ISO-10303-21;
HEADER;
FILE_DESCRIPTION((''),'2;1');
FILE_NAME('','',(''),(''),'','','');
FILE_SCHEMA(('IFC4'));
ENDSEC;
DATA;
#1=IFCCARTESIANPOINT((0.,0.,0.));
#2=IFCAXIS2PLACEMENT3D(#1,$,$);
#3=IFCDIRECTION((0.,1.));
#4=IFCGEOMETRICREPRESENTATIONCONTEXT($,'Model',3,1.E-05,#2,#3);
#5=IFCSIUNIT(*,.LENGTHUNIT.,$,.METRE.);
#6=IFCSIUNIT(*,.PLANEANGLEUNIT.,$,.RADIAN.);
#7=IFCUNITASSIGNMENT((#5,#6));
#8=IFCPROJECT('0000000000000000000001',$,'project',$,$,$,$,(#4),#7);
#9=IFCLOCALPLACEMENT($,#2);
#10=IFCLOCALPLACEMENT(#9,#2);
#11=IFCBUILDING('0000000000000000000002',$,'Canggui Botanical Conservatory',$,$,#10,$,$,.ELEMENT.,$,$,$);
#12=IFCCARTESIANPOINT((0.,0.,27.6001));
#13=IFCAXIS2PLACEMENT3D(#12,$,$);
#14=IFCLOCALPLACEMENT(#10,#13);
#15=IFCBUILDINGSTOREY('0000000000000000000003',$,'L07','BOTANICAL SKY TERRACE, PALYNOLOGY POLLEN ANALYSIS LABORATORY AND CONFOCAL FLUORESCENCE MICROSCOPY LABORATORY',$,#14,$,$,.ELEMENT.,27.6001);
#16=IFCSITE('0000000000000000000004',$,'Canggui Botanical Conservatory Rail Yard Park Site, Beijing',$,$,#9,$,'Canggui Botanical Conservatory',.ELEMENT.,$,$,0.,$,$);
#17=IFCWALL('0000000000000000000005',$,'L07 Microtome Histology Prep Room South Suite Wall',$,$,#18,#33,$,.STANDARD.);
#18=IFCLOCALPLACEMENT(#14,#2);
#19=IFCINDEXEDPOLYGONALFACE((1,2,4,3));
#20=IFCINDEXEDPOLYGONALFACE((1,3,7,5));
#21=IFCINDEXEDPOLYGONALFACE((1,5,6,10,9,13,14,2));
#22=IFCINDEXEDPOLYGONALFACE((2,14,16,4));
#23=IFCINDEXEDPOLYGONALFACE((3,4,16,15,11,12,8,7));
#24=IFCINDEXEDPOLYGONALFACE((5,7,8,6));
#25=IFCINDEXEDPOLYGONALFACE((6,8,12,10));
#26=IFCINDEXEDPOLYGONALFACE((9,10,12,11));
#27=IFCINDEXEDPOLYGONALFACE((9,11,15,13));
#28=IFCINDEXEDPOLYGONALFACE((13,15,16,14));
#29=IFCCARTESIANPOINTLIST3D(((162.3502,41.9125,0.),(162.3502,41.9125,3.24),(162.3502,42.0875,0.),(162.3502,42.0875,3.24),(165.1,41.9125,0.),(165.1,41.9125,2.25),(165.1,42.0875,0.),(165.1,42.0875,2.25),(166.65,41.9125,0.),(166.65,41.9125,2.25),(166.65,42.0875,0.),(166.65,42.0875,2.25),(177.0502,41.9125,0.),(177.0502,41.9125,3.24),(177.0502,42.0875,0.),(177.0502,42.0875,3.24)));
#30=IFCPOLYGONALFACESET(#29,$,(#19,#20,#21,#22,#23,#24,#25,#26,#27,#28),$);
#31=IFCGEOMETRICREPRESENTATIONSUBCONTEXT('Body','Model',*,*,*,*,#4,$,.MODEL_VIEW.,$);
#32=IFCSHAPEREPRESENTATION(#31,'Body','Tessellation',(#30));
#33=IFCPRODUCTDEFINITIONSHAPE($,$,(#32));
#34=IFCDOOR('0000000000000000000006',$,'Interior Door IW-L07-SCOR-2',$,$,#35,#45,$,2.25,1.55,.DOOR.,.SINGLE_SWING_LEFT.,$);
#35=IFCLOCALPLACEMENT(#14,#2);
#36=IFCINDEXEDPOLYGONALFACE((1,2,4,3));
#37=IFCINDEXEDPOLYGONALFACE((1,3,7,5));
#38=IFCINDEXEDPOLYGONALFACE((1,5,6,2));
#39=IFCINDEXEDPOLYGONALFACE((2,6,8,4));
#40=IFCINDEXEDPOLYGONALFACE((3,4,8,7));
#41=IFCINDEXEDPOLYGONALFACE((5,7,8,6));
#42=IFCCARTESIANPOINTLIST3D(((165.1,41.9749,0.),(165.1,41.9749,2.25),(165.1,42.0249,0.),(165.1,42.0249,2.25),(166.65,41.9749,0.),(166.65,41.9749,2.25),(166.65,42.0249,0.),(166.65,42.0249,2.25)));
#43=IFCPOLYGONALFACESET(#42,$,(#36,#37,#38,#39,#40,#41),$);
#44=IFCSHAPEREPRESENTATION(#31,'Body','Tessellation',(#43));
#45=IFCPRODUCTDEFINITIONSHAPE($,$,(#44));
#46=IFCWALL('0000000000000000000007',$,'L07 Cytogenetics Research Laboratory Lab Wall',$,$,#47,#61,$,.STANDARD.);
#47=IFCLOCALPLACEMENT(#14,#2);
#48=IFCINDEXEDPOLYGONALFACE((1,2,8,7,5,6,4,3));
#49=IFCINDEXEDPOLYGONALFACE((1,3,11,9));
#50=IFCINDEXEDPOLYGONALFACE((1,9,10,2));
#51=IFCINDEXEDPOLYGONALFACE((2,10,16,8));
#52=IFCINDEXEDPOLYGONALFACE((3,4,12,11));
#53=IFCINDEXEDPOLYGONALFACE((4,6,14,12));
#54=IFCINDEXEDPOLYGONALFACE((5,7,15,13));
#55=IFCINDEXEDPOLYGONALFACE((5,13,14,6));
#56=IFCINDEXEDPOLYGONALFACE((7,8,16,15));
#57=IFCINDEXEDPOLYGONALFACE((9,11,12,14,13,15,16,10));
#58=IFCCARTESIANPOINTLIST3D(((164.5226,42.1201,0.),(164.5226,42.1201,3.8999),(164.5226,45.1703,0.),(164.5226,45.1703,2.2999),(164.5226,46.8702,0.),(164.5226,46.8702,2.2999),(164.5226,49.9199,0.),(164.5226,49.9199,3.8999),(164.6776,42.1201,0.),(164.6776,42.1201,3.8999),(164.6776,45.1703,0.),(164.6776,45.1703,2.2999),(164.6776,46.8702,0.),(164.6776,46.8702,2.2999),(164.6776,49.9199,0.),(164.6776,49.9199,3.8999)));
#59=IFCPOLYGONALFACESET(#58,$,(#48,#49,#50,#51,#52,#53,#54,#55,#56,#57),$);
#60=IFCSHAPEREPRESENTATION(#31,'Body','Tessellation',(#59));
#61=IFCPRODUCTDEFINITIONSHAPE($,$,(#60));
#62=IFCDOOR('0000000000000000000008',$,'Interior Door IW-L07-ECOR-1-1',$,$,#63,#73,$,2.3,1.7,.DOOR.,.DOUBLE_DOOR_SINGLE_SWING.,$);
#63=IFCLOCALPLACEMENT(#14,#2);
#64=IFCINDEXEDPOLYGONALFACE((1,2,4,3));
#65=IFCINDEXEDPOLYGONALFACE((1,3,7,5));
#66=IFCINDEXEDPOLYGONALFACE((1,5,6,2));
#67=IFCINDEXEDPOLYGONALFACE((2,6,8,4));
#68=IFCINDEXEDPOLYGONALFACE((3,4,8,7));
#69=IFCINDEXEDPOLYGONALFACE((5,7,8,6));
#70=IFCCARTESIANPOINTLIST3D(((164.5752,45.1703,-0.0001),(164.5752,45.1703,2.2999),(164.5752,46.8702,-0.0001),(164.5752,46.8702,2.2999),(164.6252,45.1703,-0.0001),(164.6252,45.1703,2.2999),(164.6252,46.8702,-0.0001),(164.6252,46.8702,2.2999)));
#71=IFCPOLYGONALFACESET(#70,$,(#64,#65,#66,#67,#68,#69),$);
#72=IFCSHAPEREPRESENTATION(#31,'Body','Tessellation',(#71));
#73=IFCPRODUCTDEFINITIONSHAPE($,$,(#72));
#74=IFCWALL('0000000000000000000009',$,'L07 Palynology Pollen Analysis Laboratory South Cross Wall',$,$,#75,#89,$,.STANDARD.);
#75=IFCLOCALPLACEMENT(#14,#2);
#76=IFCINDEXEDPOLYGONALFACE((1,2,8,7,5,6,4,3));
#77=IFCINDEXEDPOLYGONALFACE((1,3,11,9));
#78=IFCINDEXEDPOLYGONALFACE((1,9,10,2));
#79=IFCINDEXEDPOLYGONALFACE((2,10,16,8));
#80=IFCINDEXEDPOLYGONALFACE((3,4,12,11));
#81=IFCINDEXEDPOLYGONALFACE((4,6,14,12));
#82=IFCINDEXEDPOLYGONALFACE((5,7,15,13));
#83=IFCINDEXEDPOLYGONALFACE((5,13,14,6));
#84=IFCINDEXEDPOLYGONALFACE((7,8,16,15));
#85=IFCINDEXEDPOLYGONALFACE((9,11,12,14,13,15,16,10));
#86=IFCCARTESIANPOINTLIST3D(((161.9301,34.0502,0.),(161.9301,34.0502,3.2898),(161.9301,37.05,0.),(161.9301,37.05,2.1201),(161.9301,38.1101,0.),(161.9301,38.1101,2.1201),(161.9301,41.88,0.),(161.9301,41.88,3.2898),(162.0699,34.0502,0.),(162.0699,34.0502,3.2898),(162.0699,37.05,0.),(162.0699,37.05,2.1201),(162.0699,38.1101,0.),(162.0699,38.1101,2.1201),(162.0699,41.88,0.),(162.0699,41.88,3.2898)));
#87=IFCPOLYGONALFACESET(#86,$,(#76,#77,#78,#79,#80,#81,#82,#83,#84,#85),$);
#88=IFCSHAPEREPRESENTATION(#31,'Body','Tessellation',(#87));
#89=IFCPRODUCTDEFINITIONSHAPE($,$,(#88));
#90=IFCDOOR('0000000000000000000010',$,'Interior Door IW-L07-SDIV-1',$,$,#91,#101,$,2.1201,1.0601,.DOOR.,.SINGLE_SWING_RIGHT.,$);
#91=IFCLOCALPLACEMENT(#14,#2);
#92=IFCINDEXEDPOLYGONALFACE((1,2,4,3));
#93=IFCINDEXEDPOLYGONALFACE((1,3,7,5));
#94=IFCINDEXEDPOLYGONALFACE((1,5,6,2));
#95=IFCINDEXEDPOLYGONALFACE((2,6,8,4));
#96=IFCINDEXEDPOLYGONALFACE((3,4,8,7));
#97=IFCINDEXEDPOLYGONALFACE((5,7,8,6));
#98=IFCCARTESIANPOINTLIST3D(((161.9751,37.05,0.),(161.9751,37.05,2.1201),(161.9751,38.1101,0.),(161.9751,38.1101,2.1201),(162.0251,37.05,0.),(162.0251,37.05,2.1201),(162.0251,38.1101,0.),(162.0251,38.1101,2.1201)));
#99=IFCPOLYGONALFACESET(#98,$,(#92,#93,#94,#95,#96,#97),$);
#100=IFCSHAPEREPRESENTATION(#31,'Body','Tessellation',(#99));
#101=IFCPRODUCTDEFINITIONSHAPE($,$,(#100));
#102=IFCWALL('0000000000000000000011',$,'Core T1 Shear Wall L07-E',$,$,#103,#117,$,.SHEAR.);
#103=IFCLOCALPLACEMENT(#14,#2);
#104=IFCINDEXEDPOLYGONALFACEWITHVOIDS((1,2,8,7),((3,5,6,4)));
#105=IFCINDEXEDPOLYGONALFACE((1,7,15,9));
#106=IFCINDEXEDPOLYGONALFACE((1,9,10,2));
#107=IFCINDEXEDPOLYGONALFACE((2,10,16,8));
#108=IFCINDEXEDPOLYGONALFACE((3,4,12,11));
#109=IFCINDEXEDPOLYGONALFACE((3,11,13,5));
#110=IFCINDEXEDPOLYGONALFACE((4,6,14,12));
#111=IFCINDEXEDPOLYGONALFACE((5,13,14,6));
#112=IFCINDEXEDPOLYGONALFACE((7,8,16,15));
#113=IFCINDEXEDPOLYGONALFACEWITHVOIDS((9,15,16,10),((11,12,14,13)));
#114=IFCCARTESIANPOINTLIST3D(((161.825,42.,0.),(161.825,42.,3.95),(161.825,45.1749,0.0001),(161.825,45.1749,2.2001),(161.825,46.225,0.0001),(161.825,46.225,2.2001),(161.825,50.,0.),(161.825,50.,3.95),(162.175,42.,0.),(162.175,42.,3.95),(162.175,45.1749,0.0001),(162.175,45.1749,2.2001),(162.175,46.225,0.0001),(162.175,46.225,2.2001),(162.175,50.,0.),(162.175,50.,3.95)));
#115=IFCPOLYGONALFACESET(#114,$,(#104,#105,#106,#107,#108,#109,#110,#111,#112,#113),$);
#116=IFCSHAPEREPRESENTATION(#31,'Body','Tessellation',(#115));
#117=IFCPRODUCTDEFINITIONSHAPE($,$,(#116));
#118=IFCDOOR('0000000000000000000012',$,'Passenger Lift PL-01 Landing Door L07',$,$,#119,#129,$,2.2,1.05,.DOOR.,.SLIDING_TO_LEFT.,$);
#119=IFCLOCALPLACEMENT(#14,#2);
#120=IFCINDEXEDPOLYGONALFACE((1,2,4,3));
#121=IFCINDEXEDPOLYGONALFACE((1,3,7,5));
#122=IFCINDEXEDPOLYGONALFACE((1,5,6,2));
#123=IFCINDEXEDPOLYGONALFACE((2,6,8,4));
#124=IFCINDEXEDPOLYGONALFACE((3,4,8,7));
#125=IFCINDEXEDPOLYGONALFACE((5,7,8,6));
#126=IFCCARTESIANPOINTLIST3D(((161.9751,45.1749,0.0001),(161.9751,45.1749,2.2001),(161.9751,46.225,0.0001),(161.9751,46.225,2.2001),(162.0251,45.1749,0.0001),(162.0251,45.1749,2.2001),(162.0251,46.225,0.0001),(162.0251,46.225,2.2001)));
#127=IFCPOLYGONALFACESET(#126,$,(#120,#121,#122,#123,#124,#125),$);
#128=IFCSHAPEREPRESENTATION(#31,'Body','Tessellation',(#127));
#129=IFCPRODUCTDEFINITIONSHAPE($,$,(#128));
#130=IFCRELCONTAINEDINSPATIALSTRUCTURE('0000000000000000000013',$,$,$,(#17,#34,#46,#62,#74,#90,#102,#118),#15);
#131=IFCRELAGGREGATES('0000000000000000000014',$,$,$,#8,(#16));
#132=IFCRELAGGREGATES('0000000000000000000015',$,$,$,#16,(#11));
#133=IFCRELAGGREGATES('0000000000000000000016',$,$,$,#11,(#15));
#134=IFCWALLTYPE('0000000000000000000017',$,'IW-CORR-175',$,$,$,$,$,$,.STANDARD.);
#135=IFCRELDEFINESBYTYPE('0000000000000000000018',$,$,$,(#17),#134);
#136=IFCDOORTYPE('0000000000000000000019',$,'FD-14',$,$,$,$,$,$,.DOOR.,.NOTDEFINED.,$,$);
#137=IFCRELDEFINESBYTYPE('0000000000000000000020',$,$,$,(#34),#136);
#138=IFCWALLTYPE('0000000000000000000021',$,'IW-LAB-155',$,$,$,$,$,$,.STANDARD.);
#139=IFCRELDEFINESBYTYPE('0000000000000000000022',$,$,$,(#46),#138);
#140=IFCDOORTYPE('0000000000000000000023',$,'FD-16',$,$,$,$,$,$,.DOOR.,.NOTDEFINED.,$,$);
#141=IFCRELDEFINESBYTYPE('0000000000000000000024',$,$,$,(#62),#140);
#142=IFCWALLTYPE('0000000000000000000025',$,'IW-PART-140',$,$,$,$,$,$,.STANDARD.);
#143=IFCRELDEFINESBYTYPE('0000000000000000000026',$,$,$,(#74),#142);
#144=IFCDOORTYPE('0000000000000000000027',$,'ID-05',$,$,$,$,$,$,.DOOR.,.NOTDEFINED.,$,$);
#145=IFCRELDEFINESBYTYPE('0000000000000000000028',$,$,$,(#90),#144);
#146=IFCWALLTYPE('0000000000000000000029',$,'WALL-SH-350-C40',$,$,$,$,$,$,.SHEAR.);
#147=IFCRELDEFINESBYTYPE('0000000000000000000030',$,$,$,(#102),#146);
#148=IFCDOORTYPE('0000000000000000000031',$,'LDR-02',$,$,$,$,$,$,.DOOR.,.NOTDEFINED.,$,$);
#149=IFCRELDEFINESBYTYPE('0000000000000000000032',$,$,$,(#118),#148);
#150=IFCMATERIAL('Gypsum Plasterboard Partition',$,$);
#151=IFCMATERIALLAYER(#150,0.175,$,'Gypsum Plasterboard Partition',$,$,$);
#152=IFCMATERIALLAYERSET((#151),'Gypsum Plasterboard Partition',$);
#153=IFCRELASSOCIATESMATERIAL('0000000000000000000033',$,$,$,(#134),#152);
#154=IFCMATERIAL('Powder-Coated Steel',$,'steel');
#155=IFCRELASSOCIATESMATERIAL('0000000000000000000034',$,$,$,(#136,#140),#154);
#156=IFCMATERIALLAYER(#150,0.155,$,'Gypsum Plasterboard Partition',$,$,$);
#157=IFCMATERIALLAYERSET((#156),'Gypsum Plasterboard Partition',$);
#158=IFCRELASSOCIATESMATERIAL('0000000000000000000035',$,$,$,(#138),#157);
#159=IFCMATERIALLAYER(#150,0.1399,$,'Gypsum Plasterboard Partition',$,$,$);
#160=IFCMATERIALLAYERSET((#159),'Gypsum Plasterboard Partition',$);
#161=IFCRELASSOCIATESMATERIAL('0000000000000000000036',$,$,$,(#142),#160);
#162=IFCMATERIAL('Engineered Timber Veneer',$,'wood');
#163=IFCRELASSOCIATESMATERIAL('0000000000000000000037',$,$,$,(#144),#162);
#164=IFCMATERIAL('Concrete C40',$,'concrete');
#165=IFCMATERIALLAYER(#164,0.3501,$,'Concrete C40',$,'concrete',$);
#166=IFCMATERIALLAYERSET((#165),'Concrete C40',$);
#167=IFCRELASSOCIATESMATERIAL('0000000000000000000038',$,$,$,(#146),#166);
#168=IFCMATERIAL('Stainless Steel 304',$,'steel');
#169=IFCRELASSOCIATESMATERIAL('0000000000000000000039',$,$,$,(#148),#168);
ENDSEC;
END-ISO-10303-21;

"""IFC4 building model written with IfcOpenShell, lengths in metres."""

from ifc_helpers import new_model, si_unit, direction, frame, frame_2d, origin, place, context, subcontext, project, spatial, rectangle, extrude, material, layer, layer_set, type_object, element, fill, save


model = new_model("IFC4")

# Units and contexts
model_context = context("Model", 3, precision=1e-05, world=origin(), true_north=direction((0.0, 1.0)))
body_context = subcontext(model_context, "Body", "Model", "MODEL_VIEW")
ifc_project = project(units=[si_unit("LENGTHUNIT", "METRE"), si_unit("PLANEANGLEUNIT", "RADIAN")], contexts=[model_context])

# Site, building, storey
site_placement = place(None, origin())
site = spatial("IfcSite", under=ifc_project, at=site_placement, Name="Canggui Botanical Conservatory Rail Yard Park Site, Beijing", LongName="Canggui Botanical Conservatory", CompositionType="ELEMENT", RefElevation=0.0)
building_placement = place(site_placement, origin())
building = spatial("IfcBuilding", under=site, at=building_placement, Name="Canggui Botanical Conservatory", CompositionType="ELEMENT")
storey_placement = place(building_placement, frame((0.0, 0.0, 27.6001)))
storey = spatial("IfcBuildingStorey", under=building, at=storey_placement, Name="L07", Description="BOTANICAL SKY TERRACE, PALYNOLOGY POLLEN ANALYSIS LABORATORY AND CONFOCAL FLUORESCENCE MICROSCOPY LABORATORY", CompositionType="ELEMENT", Elevation=27.6001)

# Shared definitions
ifc_material_1 = material(Name="Concrete C40", Category="concrete")

# Walls, openings, doors
ifc_material_2 = material(Name="Gypsum Plasterboard Partition")
ifc_layer_1 = layer(ifc_material_2, 0.175, Name="Gypsum Plasterboard Partition")
ifc_layer_set_1 = layer_set([ifc_layer_1], Name="Gypsum Plasterboard Partition")
wall_type_1 = type_object("IfcWallType", Name="IW-CORR-175", PredefinedType="STANDARD", material=ifc_layer_set_1)
wall_1_placement = place(storey_placement, frame((162.3501, 42.0, 0.0), z_axis=(0.0, 0.0, 1.0), x_axis=(1.0, 0.0, 0.0)))
wall_1 = element("IfcWall", 1, at=wall_1_placement, inside=storey, type_object=wall_type_1, Name="L07 Microtome Histology Prep Room South Suite Wall", PredefinedType="STANDARD", context=body_context, shape_type="SweptSolid", body=[
    extrude(rectangle(XDim=14.7, YDim=0.175, at=frame_2d((7.3501, 0.0))), origin(), (0.0, 0.0, 1.0), 3.24),
])
opening_1_placement = place(wall_1_placement, frame((2.75, 0.0, 0.0)))
opening_1 = element("IfcOpeningElement", 2, at=opening_1_placement, cuts=wall_1, PredefinedType="OPENING", context=body_context, shape_type="SweptSolid", body=[
    extrude(rectangle(XDim=1.55, YDim=2.25, at=frame_2d((0.7749, 1.125))), frame((0.0, 0.0977, 0.0), z_axis=(0.0, -1.0, 0.0), x_axis=(1.0, 0.0, 0.0)), (0.0, 0.0, 1.0), 0.1951),
])
ifc_material_3 = material(Name="Powder-Coated Steel", Category="steel")
door_type_1 = type_object("IfcDoorType", Name="FD-14", OperationType="NOTDEFINED", PredefinedType="DOOR", material=ifc_material_3)
door_1_placement = place(opening_1_placement, origin())
door_1 = element("IfcDoor", 3, at=door_1_placement, inside=storey, type_object=door_type_1, Name="Interior Door IW-L07-SCOR-2", OperationType="SINGLE_SWING_LEFT", OverallHeight=2.25, OverallWidth=1.55, PredefinedType="DOOR", context=body_context, shape_type="SweptSolid", body=[
    extrude(rectangle(XDim=1.55, YDim=2.25, at=frame_2d((0.7749, 1.125))), frame((0.0, 0.0249, 0.0), z_axis=(0.0, -1.0, 0.0), x_axis=(1.0, 0.0, 0.0)), (0.0, 0.0, 1.0), 0.05),
])
fill(opening_1, door_1)
ifc_layer_2 = layer(ifc_material_2, 0.155, Name="Gypsum Plasterboard Partition")
ifc_layer_set_2 = layer_set([ifc_layer_2], Name="Gypsum Plasterboard Partition")
wall_type_2 = type_object("IfcWallType", Name="IW-LAB-155", PredefinedType="STANDARD", material=ifc_layer_set_2)
wall_2_placement = place(storey_placement, frame((164.6001, 42.1201, 0.0), z_axis=(0.0, 0.0, 1.0), x_axis=(0.0, 1.0, 0.0)))
wall_2 = element("IfcWall", 4, at=wall_2_placement, inside=storey, type_object=wall_type_2, Name="L07 Cytogenetics Research Laboratory Lab Wall", PredefinedType="STANDARD", context=body_context, shape_type="SweptSolid", body=[
    extrude(rectangle(XDim=7.7998, YDim=0.155, at=frame_2d((3.8999, 0.0))), origin(), (0.0, 0.0, 1.0), 3.8999),
])
opening_2_placement = place(wall_2_placement, frame((3.05, 0.0, 0.0)))
opening_2 = element("IfcOpeningElement", 5, at=opening_2_placement, cuts=wall_2, PredefinedType="OPENING", context=body_context, shape_type="SweptSolid", body=[
    extrude(rectangle(XDim=1.7, YDim=2.3, at=frame_2d((0.8501, 1.1499))), frame((0.0, 0.0874, 0.0), z_axis=(0.0, -1.0, 0.0), x_axis=(1.0, 0.0, 0.0)), (0.0, 0.0, 1.0), 0.175),
])
door_type_2 = type_object("IfcDoorType", Name="FD-16", OperationType="NOTDEFINED", PredefinedType="DOOR", material=ifc_material_3)
door_2_placement = place(opening_2_placement, origin())
door_2 = element("IfcDoor", 6, at=door_2_placement, inside=storey, type_object=door_type_2, Name="Interior Door IW-L07-ECOR-1-1", OperationType="DOUBLE_DOOR_SINGLE_SWING", OverallHeight=2.3, OverallWidth=1.7, PredefinedType="DOOR", context=body_context, shape_type="SweptSolid", body=[
    extrude(rectangle(XDim=1.7, YDim=2.3, at=frame_2d((0.8501, 1.1499))), frame((0.0, 0.0249, 0.0), z_axis=(0.0, -1.0, 0.0), x_axis=(1.0, 0.0, 0.0)), (0.0, 0.0, 1.0), 0.05),
])
fill(opening_2, door_2)
ifc_layer_3 = layer(ifc_material_2, 0.1399, Name="Gypsum Plasterboard Partition")
ifc_layer_set_3 = layer_set([ifc_layer_3], Name="Gypsum Plasterboard Partition")
wall_type_3 = type_object("IfcWallType", Name="IW-PART-140", PredefinedType="STANDARD", material=ifc_layer_set_3)
wall_3_placement = place(storey_placement, frame((162.0, 34.05, 0.0), z_axis=(0.0, 0.0, 1.0), x_axis=(0.0, 1.0, 0.0)))
wall_3 = element("IfcWall", 7, at=wall_3_placement, inside=storey, type_object=wall_type_3, Name="L07 Palynology Pollen Analysis Laboratory South Cross Wall", PredefinedType="STANDARD", context=body_context, shape_type="SweptSolid", body=[
    extrude(rectangle(XDim=7.8298, YDim=0.1399, at=frame_2d((3.915, 0.0))), origin(), (0.0, 0.0, 1.0), 3.2898),
])
opening_3_placement = place(wall_3_placement, frame((3.0, 0.0, 0.0)))
opening_3 = element("IfcOpeningElement", 8, at=opening_3_placement, cuts=wall_3, PredefinedType="OPENING", context=body_context, shape_type="SweptSolid", body=[
    extrude(rectangle(XDim=1.0601, YDim=2.1201, at=frame_2d((0.53, 1.0601))), frame((0.0, 0.0801, 0.0), z_axis=(0.0, -1.0, 0.0), x_axis=(1.0, 0.0, 0.0)), (0.0, 0.0, 1.0), 0.1599),
])
ifc_material_4 = material(Name="Engineered Timber Veneer", Category="wood")
door_type_3 = type_object("IfcDoorType", Name="ID-05", OperationType="NOTDEFINED", PredefinedType="DOOR", material=ifc_material_4)
door_3_placement = place(opening_3_placement, origin())
door_3 = element("IfcDoor", 9, at=door_3_placement, inside=storey, type_object=door_type_3, Name="Interior Door IW-L07-SDIV-1", OperationType="SINGLE_SWING_RIGHT", OverallHeight=2.1201, OverallWidth=1.0601, PredefinedType="DOOR", context=body_context, shape_type="SweptSolid", body=[
    extrude(rectangle(XDim=1.0601, YDim=2.1201, at=frame_2d((0.53, 1.0601))), frame((0.0, 0.0249, 0.0), z_axis=(0.0, -1.0, 0.0), x_axis=(1.0, 0.0, 0.0)), (0.0, 0.0, 1.0), 0.05),
])
fill(opening_3, door_3)
ifc_layer_4 = layer(ifc_material_1, 0.3501, Name="Concrete C40", Category="concrete")
ifc_layer_set_4 = layer_set([ifc_layer_4], Name="Concrete C40")
wall_type_4 = type_object("IfcWallType", Name="WALL-SH-350-C40", PredefinedType="SHEAR", material=ifc_layer_set_4)
wall_4_placement = place(storey_placement, frame((162.0, 42.0, 0.0), z_axis=(0.0, 0.0, 1.0), x_axis=(0.0, 1.0, 0.0)))
wall_4 = element("IfcWall", 10, at=wall_4_placement, inside=storey, type_object=wall_type_4, Name="Core T1 Shear Wall L07-E", PredefinedType="SHEAR", context=body_context, shape_type="SweptSolid", body=[
    extrude(rectangle(XDim=8.0, YDim=0.3501, at=frame_2d((4.0, 0.0))), origin(), (0.0, 0.0, 1.0), 3.95),
])
opening_4_placement = place(wall_4_placement, frame((3.175, 0.0, 0.0)))
opening_4 = element("IfcOpeningElement", 11, at=opening_4_placement, cuts=wall_4, PredefinedType="OPENING", context=body_context, shape_type="SweptSolid", body=[
    extrude(rectangle(XDim=1.05, YDim=2.2, at=frame_2d((0.5249, 1.1001))), frame((0.0, 0.1851, 0.0), z_axis=(0.0, -1.0, 0.0), x_axis=(1.0, 0.0, 0.0)), (0.0, 0.0, 1.0), 0.3701),
])
ifc_material_5 = material(Name="Stainless Steel 304", Category="steel")
door_type_4 = type_object("IfcDoorType", Name="LDR-02", OperationType="NOTDEFINED", PredefinedType="DOOR", material=ifc_material_5)
door_4_placement = place(opening_4_placement, origin())
door_4 = element("IfcDoor", 12, at=door_4_placement, inside=storey, type_object=door_type_4, Name="Passenger Lift PL-01 Landing Door L07", OperationType="SLIDING_TO_LEFT", OverallHeight=2.2, OverallWidth=1.05, PredefinedType="DOOR", context=body_context, shape_type="SweptSolid", body=[
    extrude(rectangle(XDim=1.05, YDim=2.2, at=frame_2d((0.5249, 1.1001))), frame((0.0, 0.0249, 0.0), z_axis=(0.0, -1.0, 0.0), x_axis=(1.0, 0.0, 0.0)), (0.0, 0.0, 1.0), 0.05),
])
fill(opening_4, door_4)

save(model, "model.ifc")
